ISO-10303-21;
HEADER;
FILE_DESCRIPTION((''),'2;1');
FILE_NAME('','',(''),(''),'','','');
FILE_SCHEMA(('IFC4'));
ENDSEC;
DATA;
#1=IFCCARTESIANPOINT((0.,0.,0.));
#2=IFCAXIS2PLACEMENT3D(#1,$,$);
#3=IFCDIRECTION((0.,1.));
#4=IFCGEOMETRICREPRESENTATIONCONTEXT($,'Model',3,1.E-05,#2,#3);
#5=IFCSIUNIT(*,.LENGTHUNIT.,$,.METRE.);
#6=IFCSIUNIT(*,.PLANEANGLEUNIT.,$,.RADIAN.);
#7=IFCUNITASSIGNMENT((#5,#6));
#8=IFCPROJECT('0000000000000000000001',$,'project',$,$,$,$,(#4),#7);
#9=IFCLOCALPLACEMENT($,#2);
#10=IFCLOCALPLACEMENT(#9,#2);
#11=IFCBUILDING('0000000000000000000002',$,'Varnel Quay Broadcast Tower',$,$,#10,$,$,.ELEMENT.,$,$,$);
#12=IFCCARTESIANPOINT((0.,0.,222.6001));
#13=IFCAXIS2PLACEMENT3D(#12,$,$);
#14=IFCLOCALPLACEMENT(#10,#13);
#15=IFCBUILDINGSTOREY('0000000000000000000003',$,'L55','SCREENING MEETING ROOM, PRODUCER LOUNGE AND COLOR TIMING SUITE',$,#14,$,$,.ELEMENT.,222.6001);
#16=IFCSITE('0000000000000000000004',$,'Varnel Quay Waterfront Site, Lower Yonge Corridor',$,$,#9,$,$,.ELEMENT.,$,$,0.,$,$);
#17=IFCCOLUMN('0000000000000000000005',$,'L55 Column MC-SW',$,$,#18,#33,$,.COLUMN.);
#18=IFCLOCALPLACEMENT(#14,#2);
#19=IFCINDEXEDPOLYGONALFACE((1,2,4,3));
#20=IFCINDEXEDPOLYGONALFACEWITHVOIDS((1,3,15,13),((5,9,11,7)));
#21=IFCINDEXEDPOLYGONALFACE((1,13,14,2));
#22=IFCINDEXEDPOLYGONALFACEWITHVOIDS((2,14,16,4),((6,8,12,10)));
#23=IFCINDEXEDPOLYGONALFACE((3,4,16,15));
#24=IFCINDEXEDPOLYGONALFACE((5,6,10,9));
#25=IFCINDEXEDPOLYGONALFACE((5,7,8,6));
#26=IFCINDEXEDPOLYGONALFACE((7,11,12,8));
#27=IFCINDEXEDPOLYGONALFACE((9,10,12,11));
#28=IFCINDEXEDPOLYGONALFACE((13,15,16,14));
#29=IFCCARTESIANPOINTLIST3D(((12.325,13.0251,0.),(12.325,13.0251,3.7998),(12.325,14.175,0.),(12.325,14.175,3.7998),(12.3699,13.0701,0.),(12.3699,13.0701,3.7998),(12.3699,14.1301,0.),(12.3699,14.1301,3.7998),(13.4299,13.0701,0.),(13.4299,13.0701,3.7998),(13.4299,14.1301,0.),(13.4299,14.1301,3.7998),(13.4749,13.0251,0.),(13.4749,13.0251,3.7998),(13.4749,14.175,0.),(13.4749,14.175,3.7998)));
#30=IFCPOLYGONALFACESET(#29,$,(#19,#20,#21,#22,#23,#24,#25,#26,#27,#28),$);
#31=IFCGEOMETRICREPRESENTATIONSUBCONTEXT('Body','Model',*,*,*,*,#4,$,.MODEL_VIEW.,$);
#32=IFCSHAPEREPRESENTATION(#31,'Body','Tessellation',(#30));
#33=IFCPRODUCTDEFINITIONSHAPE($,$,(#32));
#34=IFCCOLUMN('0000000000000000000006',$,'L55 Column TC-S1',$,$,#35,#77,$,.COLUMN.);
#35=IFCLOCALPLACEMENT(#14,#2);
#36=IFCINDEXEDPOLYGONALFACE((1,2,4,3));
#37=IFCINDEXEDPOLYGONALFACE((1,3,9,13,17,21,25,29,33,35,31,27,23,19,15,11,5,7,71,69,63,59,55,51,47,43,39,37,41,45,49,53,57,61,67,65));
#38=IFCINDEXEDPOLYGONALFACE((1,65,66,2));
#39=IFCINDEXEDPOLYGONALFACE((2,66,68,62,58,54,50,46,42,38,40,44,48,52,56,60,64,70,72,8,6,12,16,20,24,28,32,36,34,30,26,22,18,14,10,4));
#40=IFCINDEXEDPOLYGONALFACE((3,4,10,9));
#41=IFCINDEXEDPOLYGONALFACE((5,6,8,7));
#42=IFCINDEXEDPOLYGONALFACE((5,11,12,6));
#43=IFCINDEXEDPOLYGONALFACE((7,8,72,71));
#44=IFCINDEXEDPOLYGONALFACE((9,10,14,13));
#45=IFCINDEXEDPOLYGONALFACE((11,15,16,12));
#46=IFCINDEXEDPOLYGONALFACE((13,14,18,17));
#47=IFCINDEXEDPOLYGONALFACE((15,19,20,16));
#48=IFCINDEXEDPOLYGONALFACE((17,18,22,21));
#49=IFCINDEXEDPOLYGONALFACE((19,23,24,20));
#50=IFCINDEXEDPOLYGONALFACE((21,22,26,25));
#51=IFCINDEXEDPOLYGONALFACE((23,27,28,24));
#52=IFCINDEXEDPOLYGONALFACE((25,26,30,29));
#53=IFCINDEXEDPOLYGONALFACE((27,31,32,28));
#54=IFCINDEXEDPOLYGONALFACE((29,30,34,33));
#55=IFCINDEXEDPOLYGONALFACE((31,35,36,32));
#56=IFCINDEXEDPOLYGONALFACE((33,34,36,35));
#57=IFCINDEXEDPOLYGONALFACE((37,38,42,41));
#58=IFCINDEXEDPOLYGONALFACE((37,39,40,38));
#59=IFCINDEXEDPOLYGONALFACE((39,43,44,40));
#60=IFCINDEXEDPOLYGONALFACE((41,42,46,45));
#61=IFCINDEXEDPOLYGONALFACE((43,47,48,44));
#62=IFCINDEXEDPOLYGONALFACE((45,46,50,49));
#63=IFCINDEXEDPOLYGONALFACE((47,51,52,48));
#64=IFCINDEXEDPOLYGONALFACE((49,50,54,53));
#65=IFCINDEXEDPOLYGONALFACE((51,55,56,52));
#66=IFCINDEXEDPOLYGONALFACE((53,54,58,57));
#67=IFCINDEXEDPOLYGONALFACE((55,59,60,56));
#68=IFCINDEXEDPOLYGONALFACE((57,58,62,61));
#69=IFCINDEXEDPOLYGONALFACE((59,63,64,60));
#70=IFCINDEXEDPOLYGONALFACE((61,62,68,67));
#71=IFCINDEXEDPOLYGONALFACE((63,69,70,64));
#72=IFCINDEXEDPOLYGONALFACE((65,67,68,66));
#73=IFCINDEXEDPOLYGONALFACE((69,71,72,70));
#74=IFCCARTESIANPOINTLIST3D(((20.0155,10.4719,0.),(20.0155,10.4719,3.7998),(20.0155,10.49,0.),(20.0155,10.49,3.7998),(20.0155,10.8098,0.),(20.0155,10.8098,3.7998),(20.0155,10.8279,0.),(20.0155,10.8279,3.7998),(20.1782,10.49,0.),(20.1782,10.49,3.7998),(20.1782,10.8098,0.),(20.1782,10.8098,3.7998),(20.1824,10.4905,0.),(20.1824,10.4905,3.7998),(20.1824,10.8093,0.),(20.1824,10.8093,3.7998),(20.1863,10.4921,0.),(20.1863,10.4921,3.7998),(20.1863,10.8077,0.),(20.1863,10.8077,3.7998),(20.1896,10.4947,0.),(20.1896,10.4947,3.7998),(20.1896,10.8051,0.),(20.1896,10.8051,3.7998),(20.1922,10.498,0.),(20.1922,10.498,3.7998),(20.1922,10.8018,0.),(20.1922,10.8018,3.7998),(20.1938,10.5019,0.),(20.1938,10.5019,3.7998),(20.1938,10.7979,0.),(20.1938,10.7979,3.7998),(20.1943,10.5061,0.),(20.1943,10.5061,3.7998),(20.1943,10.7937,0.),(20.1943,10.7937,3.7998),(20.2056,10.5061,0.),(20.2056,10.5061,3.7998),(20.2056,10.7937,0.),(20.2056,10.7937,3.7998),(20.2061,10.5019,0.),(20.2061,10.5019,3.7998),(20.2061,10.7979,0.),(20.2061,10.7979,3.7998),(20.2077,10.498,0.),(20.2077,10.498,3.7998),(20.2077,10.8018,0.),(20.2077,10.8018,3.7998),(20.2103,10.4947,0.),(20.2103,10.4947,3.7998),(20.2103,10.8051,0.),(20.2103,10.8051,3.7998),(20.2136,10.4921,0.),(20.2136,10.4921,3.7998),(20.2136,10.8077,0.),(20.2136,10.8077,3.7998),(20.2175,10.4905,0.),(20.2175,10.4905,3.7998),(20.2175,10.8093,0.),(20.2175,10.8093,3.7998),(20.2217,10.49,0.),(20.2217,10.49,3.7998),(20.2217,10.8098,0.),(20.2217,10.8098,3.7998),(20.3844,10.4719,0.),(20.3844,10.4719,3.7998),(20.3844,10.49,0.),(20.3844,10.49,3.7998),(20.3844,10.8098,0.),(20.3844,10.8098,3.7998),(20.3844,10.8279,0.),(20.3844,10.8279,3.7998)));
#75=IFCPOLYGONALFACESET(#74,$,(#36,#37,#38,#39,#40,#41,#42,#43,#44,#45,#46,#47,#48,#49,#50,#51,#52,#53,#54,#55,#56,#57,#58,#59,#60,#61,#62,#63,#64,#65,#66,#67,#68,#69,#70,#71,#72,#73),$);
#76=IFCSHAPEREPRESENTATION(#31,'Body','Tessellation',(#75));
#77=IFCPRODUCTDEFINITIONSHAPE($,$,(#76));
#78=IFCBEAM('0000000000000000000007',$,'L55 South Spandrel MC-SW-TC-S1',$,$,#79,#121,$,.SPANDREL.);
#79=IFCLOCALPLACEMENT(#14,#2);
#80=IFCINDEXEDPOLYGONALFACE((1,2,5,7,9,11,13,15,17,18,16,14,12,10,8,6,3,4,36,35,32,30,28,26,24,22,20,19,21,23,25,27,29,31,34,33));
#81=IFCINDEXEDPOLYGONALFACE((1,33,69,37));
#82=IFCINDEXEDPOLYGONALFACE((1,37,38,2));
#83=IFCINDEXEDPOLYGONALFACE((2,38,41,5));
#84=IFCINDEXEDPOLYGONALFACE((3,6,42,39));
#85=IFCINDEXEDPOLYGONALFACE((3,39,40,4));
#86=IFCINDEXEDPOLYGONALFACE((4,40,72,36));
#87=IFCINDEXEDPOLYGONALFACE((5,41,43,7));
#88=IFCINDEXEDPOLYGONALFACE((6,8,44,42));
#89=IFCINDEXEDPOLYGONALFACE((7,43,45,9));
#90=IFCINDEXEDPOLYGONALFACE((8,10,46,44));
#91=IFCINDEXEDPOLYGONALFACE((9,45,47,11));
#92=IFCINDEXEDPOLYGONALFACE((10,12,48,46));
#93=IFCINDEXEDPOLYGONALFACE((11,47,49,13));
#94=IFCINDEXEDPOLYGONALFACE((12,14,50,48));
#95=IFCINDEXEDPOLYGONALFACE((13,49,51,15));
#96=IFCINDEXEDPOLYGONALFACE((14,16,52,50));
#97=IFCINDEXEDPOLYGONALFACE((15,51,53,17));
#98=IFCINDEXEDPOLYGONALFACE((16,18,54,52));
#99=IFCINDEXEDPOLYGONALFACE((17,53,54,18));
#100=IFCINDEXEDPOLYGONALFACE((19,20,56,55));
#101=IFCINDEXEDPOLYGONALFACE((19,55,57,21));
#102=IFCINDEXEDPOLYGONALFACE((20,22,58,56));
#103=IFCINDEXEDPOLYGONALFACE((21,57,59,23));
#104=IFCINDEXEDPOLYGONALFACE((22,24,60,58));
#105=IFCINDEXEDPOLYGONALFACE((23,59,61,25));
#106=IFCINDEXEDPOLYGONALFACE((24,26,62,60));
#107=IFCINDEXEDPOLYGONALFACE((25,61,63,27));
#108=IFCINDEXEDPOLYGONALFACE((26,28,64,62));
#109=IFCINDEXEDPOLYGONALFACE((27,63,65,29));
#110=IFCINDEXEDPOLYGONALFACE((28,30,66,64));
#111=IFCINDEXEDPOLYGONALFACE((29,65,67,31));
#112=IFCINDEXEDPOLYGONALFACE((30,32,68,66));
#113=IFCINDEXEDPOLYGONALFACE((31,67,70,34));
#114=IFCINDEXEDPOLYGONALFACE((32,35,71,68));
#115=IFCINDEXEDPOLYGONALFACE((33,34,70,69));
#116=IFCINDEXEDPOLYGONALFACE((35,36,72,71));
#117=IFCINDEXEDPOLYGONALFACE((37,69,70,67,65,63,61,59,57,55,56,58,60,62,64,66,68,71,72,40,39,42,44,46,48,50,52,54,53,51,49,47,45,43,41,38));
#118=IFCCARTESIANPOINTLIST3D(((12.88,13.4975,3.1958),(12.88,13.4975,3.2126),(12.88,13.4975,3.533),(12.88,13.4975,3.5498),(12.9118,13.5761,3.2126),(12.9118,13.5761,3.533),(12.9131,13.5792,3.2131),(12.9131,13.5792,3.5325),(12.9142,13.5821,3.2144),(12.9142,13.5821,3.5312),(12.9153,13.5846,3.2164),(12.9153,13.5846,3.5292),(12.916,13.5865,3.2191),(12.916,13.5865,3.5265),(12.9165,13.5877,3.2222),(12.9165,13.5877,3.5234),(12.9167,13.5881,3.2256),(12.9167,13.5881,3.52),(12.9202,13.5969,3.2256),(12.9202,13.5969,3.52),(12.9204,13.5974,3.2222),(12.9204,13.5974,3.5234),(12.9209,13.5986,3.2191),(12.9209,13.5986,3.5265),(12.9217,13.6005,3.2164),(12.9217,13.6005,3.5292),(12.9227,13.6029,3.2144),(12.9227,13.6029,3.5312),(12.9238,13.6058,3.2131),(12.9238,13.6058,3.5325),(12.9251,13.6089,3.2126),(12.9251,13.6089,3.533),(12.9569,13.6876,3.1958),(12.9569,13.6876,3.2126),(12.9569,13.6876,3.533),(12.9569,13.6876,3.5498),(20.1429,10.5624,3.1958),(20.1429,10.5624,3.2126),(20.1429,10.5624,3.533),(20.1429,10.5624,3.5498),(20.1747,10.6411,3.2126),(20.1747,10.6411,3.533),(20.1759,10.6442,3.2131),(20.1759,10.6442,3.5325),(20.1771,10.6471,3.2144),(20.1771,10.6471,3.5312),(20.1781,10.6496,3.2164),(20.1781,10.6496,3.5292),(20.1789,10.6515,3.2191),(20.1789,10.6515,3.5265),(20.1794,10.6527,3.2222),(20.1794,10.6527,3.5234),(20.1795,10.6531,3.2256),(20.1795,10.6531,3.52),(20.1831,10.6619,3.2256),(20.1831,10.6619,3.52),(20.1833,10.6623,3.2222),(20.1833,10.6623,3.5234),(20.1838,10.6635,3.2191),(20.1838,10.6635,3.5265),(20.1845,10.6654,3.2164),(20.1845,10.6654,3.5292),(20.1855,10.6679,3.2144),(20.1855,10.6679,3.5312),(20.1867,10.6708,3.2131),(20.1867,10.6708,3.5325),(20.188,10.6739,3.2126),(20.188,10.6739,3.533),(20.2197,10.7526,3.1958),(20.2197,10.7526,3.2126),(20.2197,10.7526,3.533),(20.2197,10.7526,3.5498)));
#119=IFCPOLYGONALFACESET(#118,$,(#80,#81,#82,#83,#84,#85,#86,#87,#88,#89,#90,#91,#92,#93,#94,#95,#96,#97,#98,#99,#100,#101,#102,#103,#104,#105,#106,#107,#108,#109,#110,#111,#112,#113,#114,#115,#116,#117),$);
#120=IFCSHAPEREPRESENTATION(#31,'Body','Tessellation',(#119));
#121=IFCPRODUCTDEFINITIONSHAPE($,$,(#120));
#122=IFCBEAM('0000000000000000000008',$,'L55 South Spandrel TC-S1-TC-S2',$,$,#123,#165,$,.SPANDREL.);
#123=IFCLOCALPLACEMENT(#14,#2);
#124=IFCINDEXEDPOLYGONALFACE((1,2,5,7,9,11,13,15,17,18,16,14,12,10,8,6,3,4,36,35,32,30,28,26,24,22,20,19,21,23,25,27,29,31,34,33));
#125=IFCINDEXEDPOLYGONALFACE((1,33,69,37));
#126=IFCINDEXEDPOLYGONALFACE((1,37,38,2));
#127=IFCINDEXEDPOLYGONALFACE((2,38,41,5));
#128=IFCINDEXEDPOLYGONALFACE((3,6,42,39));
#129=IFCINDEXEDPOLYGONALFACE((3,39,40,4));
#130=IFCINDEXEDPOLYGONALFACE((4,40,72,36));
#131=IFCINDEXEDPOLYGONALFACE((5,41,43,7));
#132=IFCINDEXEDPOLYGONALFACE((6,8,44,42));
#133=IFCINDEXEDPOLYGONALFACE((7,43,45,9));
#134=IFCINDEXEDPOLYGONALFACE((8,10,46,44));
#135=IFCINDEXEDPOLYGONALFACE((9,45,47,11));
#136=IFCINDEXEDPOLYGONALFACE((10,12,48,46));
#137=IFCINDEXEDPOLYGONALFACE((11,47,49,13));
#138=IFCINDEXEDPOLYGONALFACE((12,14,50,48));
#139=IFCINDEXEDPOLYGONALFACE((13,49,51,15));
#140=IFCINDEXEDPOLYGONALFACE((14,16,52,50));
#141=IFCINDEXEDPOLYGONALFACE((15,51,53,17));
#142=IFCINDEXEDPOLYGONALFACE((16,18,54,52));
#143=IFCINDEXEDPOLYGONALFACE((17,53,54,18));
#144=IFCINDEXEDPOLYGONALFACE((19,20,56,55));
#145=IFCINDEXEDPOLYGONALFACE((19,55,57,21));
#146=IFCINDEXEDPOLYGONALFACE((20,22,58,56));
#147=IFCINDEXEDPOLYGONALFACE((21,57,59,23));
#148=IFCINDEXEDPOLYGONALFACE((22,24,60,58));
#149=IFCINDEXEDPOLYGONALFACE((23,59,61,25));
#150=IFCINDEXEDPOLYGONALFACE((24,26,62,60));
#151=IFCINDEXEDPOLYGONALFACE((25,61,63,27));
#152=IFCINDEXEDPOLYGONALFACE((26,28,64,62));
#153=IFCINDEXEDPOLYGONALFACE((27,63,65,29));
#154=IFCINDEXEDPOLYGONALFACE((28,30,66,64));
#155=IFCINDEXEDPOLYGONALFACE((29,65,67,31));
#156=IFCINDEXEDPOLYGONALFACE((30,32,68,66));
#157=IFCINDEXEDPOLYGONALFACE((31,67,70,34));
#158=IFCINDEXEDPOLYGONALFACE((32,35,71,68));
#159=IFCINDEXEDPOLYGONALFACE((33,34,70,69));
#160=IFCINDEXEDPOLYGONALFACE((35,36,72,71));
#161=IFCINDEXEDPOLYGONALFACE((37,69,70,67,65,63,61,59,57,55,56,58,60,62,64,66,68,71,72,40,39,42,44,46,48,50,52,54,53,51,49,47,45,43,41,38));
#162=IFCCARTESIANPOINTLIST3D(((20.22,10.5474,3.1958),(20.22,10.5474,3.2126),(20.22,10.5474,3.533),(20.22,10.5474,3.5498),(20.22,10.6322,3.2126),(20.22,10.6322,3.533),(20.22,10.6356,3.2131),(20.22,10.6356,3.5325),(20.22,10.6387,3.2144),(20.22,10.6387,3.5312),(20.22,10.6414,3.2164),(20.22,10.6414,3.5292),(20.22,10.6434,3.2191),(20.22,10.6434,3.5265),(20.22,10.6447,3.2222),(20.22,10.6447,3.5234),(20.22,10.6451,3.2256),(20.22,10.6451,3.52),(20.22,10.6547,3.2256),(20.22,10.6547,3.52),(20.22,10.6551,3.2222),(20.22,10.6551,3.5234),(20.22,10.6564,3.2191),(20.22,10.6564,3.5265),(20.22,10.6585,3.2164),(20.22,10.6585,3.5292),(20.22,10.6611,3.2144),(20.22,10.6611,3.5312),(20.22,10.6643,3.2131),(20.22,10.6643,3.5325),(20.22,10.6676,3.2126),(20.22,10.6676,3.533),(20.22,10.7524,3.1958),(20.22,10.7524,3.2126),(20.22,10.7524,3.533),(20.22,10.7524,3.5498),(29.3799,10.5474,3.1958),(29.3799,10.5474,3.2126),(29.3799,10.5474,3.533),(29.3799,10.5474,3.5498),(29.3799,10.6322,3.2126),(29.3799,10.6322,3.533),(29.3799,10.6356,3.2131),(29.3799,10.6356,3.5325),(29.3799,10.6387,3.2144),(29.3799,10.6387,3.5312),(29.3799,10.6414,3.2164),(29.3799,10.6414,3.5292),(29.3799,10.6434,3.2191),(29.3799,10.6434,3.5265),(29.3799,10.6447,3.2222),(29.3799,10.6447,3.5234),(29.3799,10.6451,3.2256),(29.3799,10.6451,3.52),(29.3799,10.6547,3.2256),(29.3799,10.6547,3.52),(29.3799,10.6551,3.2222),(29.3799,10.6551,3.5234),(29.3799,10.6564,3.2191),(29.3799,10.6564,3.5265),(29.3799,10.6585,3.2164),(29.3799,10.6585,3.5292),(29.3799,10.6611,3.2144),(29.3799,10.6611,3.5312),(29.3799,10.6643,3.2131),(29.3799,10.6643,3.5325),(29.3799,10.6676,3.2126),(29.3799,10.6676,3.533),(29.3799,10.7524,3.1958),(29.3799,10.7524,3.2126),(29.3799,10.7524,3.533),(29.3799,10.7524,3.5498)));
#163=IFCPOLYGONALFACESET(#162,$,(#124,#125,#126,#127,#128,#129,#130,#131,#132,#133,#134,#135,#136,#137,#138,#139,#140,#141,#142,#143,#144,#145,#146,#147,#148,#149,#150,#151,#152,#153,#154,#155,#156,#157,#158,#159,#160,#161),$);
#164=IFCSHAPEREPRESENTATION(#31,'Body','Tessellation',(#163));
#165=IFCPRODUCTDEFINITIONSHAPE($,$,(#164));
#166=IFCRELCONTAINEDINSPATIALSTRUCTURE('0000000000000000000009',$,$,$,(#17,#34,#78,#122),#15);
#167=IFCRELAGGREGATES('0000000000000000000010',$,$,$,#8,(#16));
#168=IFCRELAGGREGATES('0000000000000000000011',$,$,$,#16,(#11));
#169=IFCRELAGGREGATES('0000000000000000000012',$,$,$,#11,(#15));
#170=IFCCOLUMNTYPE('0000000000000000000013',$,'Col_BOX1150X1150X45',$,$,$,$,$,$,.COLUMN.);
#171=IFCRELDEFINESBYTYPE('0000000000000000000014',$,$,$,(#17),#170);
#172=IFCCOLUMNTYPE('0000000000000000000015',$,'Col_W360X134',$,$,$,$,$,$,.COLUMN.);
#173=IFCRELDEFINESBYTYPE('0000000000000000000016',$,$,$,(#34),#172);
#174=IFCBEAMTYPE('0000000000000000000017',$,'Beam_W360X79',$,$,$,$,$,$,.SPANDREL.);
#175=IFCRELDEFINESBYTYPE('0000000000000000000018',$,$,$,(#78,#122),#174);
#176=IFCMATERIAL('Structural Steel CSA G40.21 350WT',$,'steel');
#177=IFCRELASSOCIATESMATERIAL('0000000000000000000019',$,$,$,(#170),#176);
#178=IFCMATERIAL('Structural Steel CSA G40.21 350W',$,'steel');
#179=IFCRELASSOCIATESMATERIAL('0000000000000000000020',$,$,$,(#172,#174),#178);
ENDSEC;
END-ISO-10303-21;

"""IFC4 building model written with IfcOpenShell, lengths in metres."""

from ifc_helpers import new_model, si_unit, direction, frame, origin, origin_2d, place, context, subcontext, project, spatial, hollow_rectangle, i_section, extrude, source, transform, mapped, material, material_profile, profile_set, type_object, type_shapes, element, save


model = new_model("IFC4")

# Units and contexts
model_context = context("Model", 3, precision=1e-05, world=origin(), true_north=direction((0.0, 1.0)))
body_context = subcontext(model_context, "Body", "Model", "MODEL_VIEW")
ifc_project = project(units=[si_unit("LENGTHUNIT", "METRE"), si_unit("PLANEANGLEUNIT", "RADIAN")], contexts=[model_context])

# Site, building, storey
site_placement = place(None, origin())
site = spatial("IfcSite", under=ifc_project, at=site_placement, Name="Varnel Quay Waterfront Site, Lower Yonge Corridor", CompositionType="ELEMENT", RefElevation=0.0)
building_placement = place(site_placement, origin())
building = spatial("IfcBuilding", under=site, at=building_placement, Name="Varnel Quay Broadcast Tower", CompositionType="ELEMENT")
storey_placement = place(building_placement, frame((0.0, 0.0, 222.6001)))
storey = spatial("IfcBuildingStorey", under=building, at=storey_placement, Name="L55", Description="SCREENING MEETING ROOM, PRODUCER LOUNGE AND COLOR TIMING SUITE", CompositionType="ELEMENT", Elevation=222.6001)

# Columns
ifc_material_1 = material(Name="Structural Steel CSA G40.21 350WT", Category="steel")
ifc_material_profile_1 = material_profile(ifc_material_1, hollow_rectangle(XDim=1.1499, YDim=1.1499, WallThickness=0.0449, at=origin_2d()), Name="BOX1150X1150X45")
ifc_profile_set_1 = profile_set([ifc_material_profile_1], Name="Structural Steel CSA G40.21 350WT")
column_type_1 = type_object("IfcColumnType", Name="Col_BOX1150X1150X45", PredefinedType="COLUMN", material=ifc_profile_set_1)
shared_shape_1 = source(origin(), body_context, "Body", "SweptSolid", [
    extrude(hollow_rectangle(XDim=1.1499, YDim=1.1499, WallThickness=0.0449, at=origin_2d()), origin(), (0.0, 0.0, 1.0), 3.7998),
])
type_shapes(column_type_1, [shared_shape_1])
column_1_placement = place(storey_placement, frame((12.8999, 13.6001, 0.0), z_axis=(0.0, 0.0, 1.0), x_axis=(1.0, 0.0, 0.0)))
element("IfcColumn", 1, at=column_1_placement, inside=storey, type_object=column_type_1, Name="L55 Column MC-SW", PredefinedType="COLUMN", context=body_context, shape_type="MappedRepresentation", body=[
    mapped(shared_shape_1, transform((0.0, 0.0, 0.0), x_axis=(1.0, 0.0, 0.0), y_axis=(0.0, 1.0, 0.0), z_axis=(0.0, 0.0, 1.0), scale=1.0)),
])
ifc_material_2 = material(Name="Structural Steel CSA G40.21 350W", Category="steel")
ifc_material_profile_2 = material_profile(ifc_material_2, i_section(OverallWidth=0.3689, OverallDepth=0.356, WebThickness=0.0112, FlangeThickness=0.0181, FilletRadius=0.0161, at=origin_2d()), Name="W360X134")
ifc_profile_set_2 = profile_set([ifc_material_profile_2], Name="Structural Steel CSA G40.21 350W")
column_type_2 = type_object("IfcColumnType", Name="Col_W360X134", PredefinedType="COLUMN", material=ifc_profile_set_2)
shared_shape_2 = source(origin(), body_context, "Body", "SweptSolid", [
    extrude(i_section(OverallWidth=0.3689, OverallDepth=0.356, WebThickness=0.0112, FlangeThickness=0.0181, FilletRadius=0.0161, at=origin_2d()), origin(), (0.0, 0.0, 1.0), 3.7998),
])
type_shapes(column_type_2, [shared_shape_2])
column_2_placement = place(storey_placement, frame((20.2, 10.6499, 0.0), z_axis=(0.0, 0.0, 1.0), x_axis=(1.0, 0.0, 0.0)))
element("IfcColumn", 2, at=column_2_placement, inside=storey, type_object=column_type_2, Name="L55 Column TC-S1", PredefinedType="COLUMN", context=body_context, shape_type="MappedRepresentation", body=[
    mapped(shared_shape_2, transform((0.0, 0.0, 0.0), x_axis=(1.0, 0.0, 0.0), y_axis=(0.0, 1.0, 0.0), z_axis=(0.0, 0.0, 1.0), scale=1.0)),
])

# Beams
ifc_material_profile_3 = material_profile(ifc_material_2, i_section(OverallWidth=0.2051, OverallDepth=0.354, WebThickness=0.0095, FlangeThickness=0.0168, FilletRadius=0.0129, at=origin_2d()), Name="W360X79")
ifc_profile_set_3 = profile_set([ifc_material_profile_3], Name="Structural Steel CSA G40.21 350W")
beam_type_1 = type_object("IfcBeamType", Name="Beam_W360X79", PredefinedType="SPANDREL", material=ifc_profile_set_3)
shared_shape_3 = source(origin(), body_context, "Body", "SweptSolid", [
    extrude(i_section(OverallWidth=0.2051, OverallDepth=0.354, WebThickness=0.0095, FlangeThickness=0.0168, FilletRadius=0.0129, at=origin_2d()), origin(), (0.0, 0.0, 1.0), 7.8335),
])
beam_1_placement = place(storey_placement, frame((12.9185, 13.5925, 3.3728), z_axis=(0.927155, -0.374677, 0.0), x_axis=(0.374677, 0.927155, 0.0)))
element("IfcBeam", 3, at=beam_1_placement, inside=storey, type_object=beam_type_1, Name="L55 South Spandrel MC-SW-TC-S1", PredefinedType="SPANDREL", context=body_context, shape_type="MappedRepresentation", body=[
    mapped(shared_shape_3, transform((0.0, 0.0, 0.0), x_axis=(1.0, 0.0, 0.0), y_axis=(0.0, 1.0, 0.0), z_axis=(0.0, 0.0, 1.0), scale=1.0)),
])
shared_shape_4 = source(origin(), body_context, "Body", "SweptSolid", [
    extrude(i_section(OverallWidth=0.2051, OverallDepth=0.354, WebThickness=0.0095, FlangeThickness=0.0168, FilletRadius=0.0129, at=origin_2d()), origin(), (0.0, 0.0, 1.0), 9.1599),
])
beam_2_placement = place(storey_placement, frame((20.22, 10.6499, 3.3728), z_axis=(1.0, 0.0, 0.0), x_axis=(0.0, 1.0, 0.0)))
element("IfcBeam", 4, at=beam_2_placement, inside=storey, type_object=beam_type_1, Name="L55 South Spandrel TC-S1-TC-S2", PredefinedType="SPANDREL", context=body_context, shape_type="MappedRepresentation", body=[
    mapped(shared_shape_4, transform((0.0, 0.0, 0.0), x_axis=(1.0, 0.0, 0.0), y_axis=(0.0, 1.0, 0.0), z_axis=(0.0, 0.0, 1.0), scale=1.0)),
])

save(model, "model.ifc")
